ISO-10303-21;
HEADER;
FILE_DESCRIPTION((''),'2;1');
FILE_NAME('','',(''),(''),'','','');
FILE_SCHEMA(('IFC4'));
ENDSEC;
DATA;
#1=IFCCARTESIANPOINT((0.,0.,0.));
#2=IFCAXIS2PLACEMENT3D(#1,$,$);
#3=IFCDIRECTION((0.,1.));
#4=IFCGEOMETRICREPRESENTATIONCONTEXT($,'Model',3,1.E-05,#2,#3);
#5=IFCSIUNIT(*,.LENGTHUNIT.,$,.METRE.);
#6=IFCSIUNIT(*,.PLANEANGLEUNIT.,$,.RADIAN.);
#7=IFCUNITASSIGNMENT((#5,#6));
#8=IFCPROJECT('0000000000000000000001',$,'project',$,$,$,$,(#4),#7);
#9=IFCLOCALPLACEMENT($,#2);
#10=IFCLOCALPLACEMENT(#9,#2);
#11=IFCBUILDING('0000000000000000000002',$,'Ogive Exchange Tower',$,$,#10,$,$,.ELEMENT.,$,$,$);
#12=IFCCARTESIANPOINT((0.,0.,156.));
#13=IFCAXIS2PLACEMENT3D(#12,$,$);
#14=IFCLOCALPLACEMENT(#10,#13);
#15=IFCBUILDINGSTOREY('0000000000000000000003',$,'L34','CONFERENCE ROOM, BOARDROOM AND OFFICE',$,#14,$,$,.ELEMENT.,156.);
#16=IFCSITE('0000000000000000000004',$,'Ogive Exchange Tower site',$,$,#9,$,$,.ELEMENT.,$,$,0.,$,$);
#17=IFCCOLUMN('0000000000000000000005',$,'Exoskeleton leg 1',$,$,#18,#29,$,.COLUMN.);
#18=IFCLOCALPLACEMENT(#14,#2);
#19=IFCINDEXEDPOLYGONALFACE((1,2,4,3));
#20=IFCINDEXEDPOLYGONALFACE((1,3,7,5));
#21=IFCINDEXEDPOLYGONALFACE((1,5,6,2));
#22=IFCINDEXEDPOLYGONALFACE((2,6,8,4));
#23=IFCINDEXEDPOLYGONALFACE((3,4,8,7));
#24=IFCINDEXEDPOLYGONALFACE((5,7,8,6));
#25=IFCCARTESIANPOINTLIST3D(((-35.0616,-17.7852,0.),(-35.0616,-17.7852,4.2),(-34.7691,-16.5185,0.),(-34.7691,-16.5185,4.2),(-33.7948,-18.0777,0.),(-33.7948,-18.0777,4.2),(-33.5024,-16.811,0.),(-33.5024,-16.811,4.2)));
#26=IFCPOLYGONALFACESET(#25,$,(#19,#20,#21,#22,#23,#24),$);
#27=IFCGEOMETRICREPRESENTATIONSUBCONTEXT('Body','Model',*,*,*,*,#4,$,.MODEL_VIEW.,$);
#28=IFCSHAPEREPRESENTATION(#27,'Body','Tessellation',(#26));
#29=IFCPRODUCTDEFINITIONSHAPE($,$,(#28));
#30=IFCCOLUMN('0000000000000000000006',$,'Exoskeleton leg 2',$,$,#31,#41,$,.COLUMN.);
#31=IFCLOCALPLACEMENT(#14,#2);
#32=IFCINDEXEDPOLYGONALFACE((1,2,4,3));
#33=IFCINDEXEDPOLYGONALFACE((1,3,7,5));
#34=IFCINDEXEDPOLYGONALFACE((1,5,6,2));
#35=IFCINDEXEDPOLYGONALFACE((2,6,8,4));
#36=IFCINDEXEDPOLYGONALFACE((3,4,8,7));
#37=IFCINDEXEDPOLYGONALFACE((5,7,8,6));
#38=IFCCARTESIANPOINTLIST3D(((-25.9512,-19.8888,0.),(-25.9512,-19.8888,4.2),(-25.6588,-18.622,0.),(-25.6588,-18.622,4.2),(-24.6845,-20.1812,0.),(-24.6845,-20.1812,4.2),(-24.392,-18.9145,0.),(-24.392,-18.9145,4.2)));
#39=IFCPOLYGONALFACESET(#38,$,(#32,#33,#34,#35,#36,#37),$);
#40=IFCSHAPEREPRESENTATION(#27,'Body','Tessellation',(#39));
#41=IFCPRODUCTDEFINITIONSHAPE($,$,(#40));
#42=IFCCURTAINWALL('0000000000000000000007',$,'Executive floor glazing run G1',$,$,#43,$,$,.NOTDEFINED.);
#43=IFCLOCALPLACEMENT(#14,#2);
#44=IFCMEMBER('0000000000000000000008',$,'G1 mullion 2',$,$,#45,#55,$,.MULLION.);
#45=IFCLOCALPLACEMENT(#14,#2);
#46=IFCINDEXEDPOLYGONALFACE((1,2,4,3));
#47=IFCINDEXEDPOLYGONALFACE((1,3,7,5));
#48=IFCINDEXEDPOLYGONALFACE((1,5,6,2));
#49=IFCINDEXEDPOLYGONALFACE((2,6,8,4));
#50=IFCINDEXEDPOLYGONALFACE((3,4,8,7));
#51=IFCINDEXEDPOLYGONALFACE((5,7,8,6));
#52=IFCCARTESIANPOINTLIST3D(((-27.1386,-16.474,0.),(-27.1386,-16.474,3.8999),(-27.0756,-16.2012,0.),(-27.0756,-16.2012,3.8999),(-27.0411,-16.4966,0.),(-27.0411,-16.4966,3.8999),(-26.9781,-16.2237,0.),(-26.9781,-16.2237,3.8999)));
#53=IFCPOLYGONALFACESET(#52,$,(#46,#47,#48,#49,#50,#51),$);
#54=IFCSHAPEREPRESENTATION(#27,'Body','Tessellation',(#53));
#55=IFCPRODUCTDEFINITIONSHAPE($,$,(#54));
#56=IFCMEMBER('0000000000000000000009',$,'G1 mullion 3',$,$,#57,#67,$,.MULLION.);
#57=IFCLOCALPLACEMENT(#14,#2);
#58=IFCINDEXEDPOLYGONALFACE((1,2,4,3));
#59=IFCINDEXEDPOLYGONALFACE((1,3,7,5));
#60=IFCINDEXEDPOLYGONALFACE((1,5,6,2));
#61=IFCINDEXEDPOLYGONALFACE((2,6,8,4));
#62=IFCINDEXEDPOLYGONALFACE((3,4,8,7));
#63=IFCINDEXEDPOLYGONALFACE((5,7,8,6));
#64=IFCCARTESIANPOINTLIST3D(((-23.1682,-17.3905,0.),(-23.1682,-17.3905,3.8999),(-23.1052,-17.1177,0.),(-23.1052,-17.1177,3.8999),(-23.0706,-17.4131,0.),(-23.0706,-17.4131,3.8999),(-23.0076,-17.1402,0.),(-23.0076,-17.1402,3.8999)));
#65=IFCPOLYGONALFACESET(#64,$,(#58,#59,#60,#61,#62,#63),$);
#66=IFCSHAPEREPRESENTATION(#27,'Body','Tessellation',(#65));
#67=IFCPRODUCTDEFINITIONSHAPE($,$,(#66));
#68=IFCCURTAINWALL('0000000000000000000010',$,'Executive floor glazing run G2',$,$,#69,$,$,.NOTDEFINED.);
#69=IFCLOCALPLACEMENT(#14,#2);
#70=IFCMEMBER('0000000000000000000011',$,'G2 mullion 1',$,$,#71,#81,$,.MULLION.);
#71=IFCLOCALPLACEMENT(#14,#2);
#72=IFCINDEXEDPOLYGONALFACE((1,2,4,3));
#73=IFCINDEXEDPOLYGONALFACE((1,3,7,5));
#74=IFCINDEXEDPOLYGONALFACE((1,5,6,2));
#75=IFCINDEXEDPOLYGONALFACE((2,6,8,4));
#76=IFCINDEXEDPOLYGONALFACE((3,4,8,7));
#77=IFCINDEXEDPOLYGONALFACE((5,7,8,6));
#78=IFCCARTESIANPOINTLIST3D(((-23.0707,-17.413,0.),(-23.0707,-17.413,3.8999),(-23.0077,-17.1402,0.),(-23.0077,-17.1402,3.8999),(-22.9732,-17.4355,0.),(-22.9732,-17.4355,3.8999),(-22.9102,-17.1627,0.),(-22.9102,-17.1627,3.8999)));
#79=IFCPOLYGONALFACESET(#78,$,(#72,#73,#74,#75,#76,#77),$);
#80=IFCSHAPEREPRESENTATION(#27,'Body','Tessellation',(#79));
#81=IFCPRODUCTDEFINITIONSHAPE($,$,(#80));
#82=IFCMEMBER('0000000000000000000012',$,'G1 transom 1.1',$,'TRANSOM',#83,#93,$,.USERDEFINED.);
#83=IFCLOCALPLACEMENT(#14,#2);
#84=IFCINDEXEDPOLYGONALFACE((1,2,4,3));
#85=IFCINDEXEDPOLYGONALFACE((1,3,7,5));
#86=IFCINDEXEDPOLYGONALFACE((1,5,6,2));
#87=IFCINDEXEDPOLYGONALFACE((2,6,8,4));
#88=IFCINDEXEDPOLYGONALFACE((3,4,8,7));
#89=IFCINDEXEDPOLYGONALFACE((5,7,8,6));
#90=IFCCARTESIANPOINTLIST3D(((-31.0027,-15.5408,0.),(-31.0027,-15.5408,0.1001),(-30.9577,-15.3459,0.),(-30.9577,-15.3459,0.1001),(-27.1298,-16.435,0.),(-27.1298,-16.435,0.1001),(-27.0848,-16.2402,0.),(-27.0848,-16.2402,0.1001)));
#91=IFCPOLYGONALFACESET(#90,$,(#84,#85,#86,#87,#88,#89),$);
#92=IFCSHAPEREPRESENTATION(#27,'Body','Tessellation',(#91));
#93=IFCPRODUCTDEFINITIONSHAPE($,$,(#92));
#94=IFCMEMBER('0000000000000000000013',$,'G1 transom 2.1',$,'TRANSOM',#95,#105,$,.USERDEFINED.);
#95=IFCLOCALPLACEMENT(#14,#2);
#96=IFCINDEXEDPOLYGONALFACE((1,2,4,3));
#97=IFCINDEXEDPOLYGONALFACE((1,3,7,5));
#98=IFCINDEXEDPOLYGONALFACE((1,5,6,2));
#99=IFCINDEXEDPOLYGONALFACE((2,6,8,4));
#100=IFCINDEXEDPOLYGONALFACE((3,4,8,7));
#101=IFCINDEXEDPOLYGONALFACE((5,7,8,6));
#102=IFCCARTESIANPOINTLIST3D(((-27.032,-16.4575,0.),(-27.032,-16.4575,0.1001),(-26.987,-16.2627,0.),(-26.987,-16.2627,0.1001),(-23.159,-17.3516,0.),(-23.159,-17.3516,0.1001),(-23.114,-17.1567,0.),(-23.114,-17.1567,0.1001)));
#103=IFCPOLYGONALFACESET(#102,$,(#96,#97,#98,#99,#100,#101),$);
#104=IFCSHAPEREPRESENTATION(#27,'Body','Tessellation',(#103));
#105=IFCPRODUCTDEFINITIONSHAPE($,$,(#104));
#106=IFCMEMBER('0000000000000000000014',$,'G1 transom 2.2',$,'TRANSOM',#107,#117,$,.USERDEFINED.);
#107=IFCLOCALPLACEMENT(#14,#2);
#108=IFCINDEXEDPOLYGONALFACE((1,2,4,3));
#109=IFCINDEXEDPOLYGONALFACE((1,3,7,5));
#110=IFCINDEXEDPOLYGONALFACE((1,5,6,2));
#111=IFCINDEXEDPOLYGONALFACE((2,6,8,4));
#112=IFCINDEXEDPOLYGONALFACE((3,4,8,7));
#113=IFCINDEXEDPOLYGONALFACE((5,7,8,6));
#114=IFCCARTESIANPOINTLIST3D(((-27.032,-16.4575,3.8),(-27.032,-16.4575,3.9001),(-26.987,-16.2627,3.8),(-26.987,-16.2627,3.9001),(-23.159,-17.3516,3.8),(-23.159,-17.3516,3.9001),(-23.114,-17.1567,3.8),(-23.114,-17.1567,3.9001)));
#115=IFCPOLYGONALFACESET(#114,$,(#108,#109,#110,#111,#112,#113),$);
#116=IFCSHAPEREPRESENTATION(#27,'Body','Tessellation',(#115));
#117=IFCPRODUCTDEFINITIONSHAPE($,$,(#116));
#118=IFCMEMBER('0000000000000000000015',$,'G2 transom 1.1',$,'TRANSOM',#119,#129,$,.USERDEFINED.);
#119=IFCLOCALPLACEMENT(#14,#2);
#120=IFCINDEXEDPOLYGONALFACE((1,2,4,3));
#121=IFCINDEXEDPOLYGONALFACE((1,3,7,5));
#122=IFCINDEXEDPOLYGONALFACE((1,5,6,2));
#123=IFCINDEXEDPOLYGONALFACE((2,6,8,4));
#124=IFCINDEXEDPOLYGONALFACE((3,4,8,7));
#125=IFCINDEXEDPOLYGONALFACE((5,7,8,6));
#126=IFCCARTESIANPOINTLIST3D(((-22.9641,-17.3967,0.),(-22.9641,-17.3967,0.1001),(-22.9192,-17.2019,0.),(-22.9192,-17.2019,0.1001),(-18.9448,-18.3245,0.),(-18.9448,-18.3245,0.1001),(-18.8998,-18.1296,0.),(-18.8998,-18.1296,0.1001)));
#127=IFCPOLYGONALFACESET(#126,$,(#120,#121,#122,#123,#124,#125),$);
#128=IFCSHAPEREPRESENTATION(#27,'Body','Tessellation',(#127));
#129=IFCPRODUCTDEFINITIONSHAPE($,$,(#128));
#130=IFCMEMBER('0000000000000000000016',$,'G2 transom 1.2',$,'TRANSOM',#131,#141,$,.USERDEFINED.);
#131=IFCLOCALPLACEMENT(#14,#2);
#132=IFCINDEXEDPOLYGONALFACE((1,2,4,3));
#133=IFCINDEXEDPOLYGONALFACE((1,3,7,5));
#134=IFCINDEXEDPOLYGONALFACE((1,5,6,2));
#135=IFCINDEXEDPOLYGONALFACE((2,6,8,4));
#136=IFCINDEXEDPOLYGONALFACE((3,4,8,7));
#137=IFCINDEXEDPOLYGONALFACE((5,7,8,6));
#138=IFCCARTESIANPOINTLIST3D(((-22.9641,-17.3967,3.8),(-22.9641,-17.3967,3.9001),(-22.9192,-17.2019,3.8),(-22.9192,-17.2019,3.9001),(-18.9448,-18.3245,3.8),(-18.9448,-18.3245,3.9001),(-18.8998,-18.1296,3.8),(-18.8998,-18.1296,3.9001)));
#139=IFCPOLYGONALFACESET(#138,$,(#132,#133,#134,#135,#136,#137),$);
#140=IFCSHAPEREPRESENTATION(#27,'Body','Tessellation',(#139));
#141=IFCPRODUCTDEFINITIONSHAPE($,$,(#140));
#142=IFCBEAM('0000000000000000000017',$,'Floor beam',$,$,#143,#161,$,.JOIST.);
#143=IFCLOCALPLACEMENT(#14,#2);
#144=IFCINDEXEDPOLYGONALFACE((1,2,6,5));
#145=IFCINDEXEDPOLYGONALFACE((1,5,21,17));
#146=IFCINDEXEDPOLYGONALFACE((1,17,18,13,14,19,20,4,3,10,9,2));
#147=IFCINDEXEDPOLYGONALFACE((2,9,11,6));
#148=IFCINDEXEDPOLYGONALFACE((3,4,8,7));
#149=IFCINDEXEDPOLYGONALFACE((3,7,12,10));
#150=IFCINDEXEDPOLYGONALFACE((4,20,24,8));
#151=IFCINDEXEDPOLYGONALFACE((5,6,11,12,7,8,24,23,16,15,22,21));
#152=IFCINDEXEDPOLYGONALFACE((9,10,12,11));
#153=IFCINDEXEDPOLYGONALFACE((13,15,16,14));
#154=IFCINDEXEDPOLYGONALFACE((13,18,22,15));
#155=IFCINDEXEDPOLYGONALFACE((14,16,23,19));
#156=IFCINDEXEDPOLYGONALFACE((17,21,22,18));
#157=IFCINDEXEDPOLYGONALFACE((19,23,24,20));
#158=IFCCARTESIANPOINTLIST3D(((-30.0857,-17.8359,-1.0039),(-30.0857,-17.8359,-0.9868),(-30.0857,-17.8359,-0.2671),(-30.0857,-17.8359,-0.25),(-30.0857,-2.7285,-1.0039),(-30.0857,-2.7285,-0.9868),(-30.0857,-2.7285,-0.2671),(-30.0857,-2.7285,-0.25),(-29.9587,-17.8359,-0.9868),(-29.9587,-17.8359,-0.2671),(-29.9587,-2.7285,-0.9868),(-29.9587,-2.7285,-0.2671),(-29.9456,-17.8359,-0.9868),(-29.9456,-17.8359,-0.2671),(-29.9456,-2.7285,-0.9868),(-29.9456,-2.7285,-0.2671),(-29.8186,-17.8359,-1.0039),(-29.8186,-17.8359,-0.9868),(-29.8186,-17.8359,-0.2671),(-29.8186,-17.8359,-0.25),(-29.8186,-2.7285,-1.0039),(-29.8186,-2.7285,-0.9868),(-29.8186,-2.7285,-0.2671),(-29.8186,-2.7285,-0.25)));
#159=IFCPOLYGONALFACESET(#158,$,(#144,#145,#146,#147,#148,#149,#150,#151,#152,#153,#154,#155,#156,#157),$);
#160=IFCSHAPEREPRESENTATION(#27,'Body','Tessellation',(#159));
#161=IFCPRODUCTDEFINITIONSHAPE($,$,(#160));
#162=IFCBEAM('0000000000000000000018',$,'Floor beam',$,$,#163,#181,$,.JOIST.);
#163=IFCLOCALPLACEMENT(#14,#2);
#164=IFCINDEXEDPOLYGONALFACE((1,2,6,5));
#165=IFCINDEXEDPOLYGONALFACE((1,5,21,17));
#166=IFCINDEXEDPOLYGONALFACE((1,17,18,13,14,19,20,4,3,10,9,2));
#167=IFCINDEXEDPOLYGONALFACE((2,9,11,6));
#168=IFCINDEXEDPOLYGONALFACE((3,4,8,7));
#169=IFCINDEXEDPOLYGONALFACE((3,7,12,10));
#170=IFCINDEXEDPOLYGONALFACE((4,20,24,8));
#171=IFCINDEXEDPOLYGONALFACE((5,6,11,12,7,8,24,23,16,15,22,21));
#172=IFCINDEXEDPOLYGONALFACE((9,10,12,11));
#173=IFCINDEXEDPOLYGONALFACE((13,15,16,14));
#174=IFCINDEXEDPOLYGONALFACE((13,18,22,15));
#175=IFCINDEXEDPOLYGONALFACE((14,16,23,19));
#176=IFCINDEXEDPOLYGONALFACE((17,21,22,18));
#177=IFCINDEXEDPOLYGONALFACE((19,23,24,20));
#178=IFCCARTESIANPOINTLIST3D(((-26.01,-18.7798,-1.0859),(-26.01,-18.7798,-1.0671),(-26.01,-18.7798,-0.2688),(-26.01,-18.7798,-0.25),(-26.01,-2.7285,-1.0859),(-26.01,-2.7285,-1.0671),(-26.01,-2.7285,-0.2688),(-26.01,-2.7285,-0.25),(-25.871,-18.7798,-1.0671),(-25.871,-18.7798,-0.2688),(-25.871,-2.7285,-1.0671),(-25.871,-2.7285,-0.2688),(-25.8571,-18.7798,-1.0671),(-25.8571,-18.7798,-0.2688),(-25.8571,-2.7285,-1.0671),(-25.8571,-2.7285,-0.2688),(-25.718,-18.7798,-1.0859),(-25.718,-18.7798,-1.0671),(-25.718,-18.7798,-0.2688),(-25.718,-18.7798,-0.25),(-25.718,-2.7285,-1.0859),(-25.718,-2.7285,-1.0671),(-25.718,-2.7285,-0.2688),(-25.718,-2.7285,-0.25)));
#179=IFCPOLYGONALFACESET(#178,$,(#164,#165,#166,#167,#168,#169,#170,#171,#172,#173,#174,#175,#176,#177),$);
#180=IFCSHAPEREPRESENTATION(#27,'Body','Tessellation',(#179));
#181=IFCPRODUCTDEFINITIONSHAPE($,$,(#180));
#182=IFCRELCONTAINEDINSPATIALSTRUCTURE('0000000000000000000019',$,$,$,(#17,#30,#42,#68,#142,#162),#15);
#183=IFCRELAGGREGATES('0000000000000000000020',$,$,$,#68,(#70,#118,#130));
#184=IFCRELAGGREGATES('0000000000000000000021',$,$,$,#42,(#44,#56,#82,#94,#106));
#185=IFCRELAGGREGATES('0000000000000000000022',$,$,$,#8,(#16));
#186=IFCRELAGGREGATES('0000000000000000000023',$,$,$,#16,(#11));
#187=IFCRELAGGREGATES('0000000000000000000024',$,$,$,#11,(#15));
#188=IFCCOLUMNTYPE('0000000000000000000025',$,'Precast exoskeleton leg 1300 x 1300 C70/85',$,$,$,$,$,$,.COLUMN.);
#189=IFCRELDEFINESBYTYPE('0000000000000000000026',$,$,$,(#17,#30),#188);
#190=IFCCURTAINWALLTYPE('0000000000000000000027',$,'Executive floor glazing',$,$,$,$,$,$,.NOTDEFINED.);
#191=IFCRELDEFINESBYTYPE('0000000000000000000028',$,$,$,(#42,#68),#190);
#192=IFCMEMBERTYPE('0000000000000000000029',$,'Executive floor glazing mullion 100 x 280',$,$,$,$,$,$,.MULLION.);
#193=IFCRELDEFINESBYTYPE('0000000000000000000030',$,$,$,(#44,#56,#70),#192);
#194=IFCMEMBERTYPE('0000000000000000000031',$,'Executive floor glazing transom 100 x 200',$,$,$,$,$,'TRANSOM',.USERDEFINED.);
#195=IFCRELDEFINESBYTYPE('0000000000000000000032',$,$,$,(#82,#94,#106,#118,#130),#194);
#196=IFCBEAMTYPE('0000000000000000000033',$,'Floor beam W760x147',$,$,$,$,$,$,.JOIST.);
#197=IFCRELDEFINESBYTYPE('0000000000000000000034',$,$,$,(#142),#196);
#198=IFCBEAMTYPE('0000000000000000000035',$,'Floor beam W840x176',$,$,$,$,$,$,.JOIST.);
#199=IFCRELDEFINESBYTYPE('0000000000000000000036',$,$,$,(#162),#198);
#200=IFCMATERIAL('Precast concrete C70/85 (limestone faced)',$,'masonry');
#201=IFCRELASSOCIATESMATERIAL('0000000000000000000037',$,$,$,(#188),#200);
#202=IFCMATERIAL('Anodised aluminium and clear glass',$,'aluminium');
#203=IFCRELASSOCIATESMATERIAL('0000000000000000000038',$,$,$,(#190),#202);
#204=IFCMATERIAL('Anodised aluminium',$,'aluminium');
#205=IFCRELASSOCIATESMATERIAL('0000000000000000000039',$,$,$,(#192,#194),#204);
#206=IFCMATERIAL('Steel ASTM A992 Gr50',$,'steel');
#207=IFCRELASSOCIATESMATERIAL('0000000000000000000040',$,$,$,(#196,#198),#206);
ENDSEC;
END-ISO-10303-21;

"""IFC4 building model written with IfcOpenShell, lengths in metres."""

from ifc_helpers import new_model, si_unit, direction, frame, origin, origin_2d, place, context, subcontext, project, spatial, rectangle, i_section, extrude, material, material_profile, profile_set, type_object, element, aggregate, save


model = new_model("IFC4")

# Units and contexts
model_context = context("Model", 3, precision=1e-05, world=origin(), true_north=direction((0.0, 1.0)))
body_context = subcontext(model_context, "Body", "Model", "MODEL_VIEW")
ifc_project = project(units=[si_unit("LENGTHUNIT", "METRE"), si_unit("PLANEANGLEUNIT", "RADIAN")], contexts=[model_context])

# Site, building, storey
site_placement = place(None, origin())
site = spatial("IfcSite", under=ifc_project, at=site_placement, Name="Ogive Exchange Tower site", CompositionType="ELEMENT", RefElevation=0.0)
building_placement = place(site_placement, origin())
building = spatial("IfcBuilding", under=site, at=building_placement, Name="Ogive Exchange Tower", CompositionType="ELEMENT")
storey_placement = place(building_placement, frame((0.0, 0.0, 156.0)))
storey = spatial("IfcBuildingStorey", under=building, at=storey_placement, Name="L34", Description="CONFERENCE ROOM, BOARDROOM AND OFFICE", CompositionType="ELEMENT", Elevation=156.0)

# Columns
ifc_material_1 = material(Name="Precast concrete C70/85 (limestone faced)", Category="masonry")
ifc_material_profile_1 = material_profile(ifc_material_1, rectangle(XDim=1.3, YDim=1.3, at=origin_2d()), Name="1300 x 1300")
ifc_profile_set_1 = profile_set([ifc_material_profile_1], Name="Precast concrete C70/85 (limestone faced)")
column_type = type_object("IfcColumnType", Name="Precast exoskeleton leg 1300 x 1300 C70/85", PredefinedType="COLUMN", material=ifc_profile_set_1)
for number, where, z_axis, x_axis, name in (
    (1, (-34.282, -17.2981, 0.0), (0.0, 0.0, 1.0), (0.97437, -0.224951, 0.0), "Exoskeleton leg 1"),
    (2, (-25.1716, -19.4016, 0.0), (0.0, 0.0, 1.0), (0.97437, -0.224951, 0.0), "Exoskeleton leg 2"),
):
    element("IfcColumn", number, at=place(storey_placement, frame(where, z_axis=z_axis, x_axis=x_axis)), inside=storey, type_object=column_type, Name=name, PredefinedType="COLUMN", context=body_context, shape_type="SweptSolid", body=[
        extrude(rectangle(XDim=1.3, YDim=1.3, at=origin_2d()), origin(), (0.0, 0.0, 1.0), 4.2),
    ])

# Curtain wall, members
ifc_material_2 = material(Name="Anodised aluminium and clear glass", Category="aluminium")
curtain_wall_type = type_object("IfcCurtainWallType", Name="Executive floor glazing", PredefinedType="NOTDEFINED", material=ifc_material_2)
curtain_wall_1_placement = place(storey_placement, origin())
curtain_wall_1 = element("IfcCurtainWall", 3, at=curtain_wall_1_placement, inside=storey, type_object=curtain_wall_type, Name="Executive floor glazing run G1", PredefinedType="NOTDEFINED")
ifc_material_3 = material(Name="Anodised aluminium", Category="aluminium")
ifc_material_profile_2 = material_profile(ifc_material_3, rectangle(XDim=0.28, YDim=0.1001, at=origin_2d()), Name="AL 100x280")
ifc_profile_set_2 = profile_set([ifc_material_profile_2], Name="Anodised aluminium")
member_type_1 = type_object("IfcMemberType", Name="Executive floor glazing mullion 100 x 280", PredefinedType="MULLION", material=ifc_profile_set_2)
member_1_placement = place(storey_placement, frame((-27.0583, -16.3489, 0.0), z_axis=(0.0, 0.0, 1.0), x_axis=(0.224947, 0.974371, 0.0)))
member_1 = element("IfcMember", 4, at=member_1_placement, type_object=member_type_1, Name="G1 mullion 2", PredefinedType="MULLION", context=body_context, shape_type="SweptSolid", body=[
    extrude(rectangle(XDim=0.28, YDim=0.1001, at=origin_2d()), origin(), (0.0, 0.0, 1.0), 3.8999),
])
member_2_placement = place(storey_placement, frame((-23.0879, -17.2654, 0.0), z_axis=(0.0, 0.0, 1.0), x_axis=(0.224947, 0.974371, 0.0)))
member_2 = element("IfcMember", 5, at=member_2_placement, type_object=member_type_1, Name="G1 mullion 3", PredefinedType="MULLION", context=body_context, shape_type="SweptSolid", body=[
    extrude(rectangle(XDim=0.28, YDim=0.1001, at=origin_2d()), origin(), (0.0, 0.0, 1.0), 3.8999),
])

# Curtain wall, member
curtain_wall_2_placement = place(storey_placement, origin())
curtain_wall_2 = element("IfcCurtainWall", 6, at=curtain_wall_2_placement, inside=storey, type_object=curtain_wall_type, Name="Executive floor glazing run G2", PredefinedType="NOTDEFINED")
member_3_placement = place(storey_placement, frame((-22.9905, -17.2878, 0.0), z_axis=(0.0, 0.0, 1.0), x_axis=(0.224958, 0.974369, 0.0)))
member_3 = element("IfcMember", 7, at=member_3_placement, type_object=member_type_1, Name="G2 mullion 1", PredefinedType="MULLION", context=body_context, shape_type="SweptSolid", body=[
    extrude(rectangle(XDim=0.28, YDim=0.1001, at=origin_2d()), origin(), (0.0, 0.0, 1.0), 3.8999),
])

# Members
ifc_material_profile_3 = material_profile(ifc_material_3, rectangle(XDim=0.2, YDim=0.1001, at=origin_2d()), Name="AL 100x200")
ifc_profile_set_3 = profile_set([ifc_material_profile_3], Name="Anodised aluminium")
member_type_2 = type_object("IfcMemberType", Name="Executive floor glazing transom 100 x 200", ElementType="TRANSOM", PredefinedType="USERDEFINED", material=ifc_profile_set_3)
member_4_placement = place(storey_placement, frame((-30.9802, -15.4434, 0.05), z_axis=(0.974363, -0.224981, 0.0), x_axis=(0.224981, 0.974363, 0.0)))
member_4 = element("IfcMember", 8, at=member_4_placement, type_object=member_type_2, Name="G1 transom 1.1", ObjectType="TRANSOM", PredefinedType="USERDEFINED", context=body_context, shape_type="SweptSolid", body=[
    extrude(rectangle(XDim=0.2, YDim=0.1001, at=origin_2d()), origin(), (0.0, 0.0, 1.0), 3.9749),
])
member_5_placement = place(storey_placement, frame((-27.0095, -16.3601, 0.05), z_axis=(0.974377, -0.224922, 0.0), x_axis=(0.224922, 0.974377, 0.0)))
member_5 = element("IfcMember", 9, at=member_5_placement, type_object=member_type_2, Name="G1 transom 2.1", ObjectType="TRANSOM", PredefinedType="USERDEFINED", context=body_context, shape_type="SweptSolid", body=[
    extrude(rectangle(XDim=0.2, YDim=0.1001, at=origin_2d()), origin(), (0.0, 0.0, 1.0), 3.9749),
])
member_6_placement = place(storey_placement, frame((-27.0095, -16.3601, 3.8501), z_axis=(0.974377, -0.224922, 0.0), x_axis=(0.224922, 0.974377, 0.0)))
member_6 = element("IfcMember", 10, at=member_6_placement, type_object=member_type_2, Name="G1 transom 2.2", ObjectType="TRANSOM", PredefinedType="USERDEFINED", context=body_context, shape_type="SweptSolid", body=[
    extrude(rectangle(XDim=0.2, YDim=0.1001, at=origin_2d()), origin(), (0.0, 0.0, 1.0), 3.9749),
])
member_7_placement = place(storey_placement, frame((-22.9417, -17.2993, 0.05), z_axis=(0.97438, -0.224907, 0.0), x_axis=(0.224907, 0.97438, 0.0)))
member_7 = element("IfcMember", 11, at=member_7_placement, type_object=member_type_2, Name="G2 transom 1.1", ObjectType="TRANSOM", PredefinedType="USERDEFINED", context=body_context, shape_type="SweptSolid", body=[
    extrude(rectangle(XDim=0.2, YDim=0.1001, at=origin_2d()), origin(), (0.0, 0.0, 1.0), 4.125),
])
member_8_placement = place(storey_placement, frame((-22.9417, -17.2993, 3.8501), z_axis=(0.97438, -0.224907, 0.0), x_axis=(0.224907, 0.97438, 0.0)))
member_8 = element("IfcMember", 12, at=member_8_placement, type_object=member_type_2, Name="G2 transom 1.2", ObjectType="TRANSOM", PredefinedType="USERDEFINED", context=body_context, shape_type="SweptSolid", body=[
    extrude(rectangle(XDim=0.2, YDim=0.1001, at=origin_2d()), origin(), (0.0, 0.0, 1.0), 4.125),
])
aggregate(curtain_wall_2, [member_3, member_7, member_8])

# Beams
ifc_material_4 = material(Name="Steel ASTM A992 Gr50", Category="steel")
ifc_material_profile_4 = material_profile(ifc_material_4, i_section(OverallWidth=0.2671, OverallDepth=0.7539, WebThickness=0.0132, FlangeThickness=0.0171, at=origin_2d()), Name="W760x147")
ifc_profile_set_4 = profile_set([ifc_material_profile_4], Name="Steel ASTM A992 Gr50")
beam_type_1 = type_object("IfcBeamType", Name="Floor beam W760x147", PredefinedType="JOIST", material=ifc_profile_set_4)
beam_1_placement = place(storey_placement, frame((-29.9521, -17.8359, -0.627), z_axis=(0.0, 1.0, 0.0), x_axis=(-1.0, 0.0, 0.0)))
element("IfcBeam", 13, at=beam_1_placement, inside=storey, type_object=beam_type_1, Name="Floor beam", PredefinedType="JOIST", context=body_context, shape_type="SweptSolid", body=[
    extrude(i_section(OverallWidth=0.2671, OverallDepth=0.7539, WebThickness=0.0132, FlangeThickness=0.0171, at=origin_2d()), origin(), (0.0, 0.0, 1.0), 15.1074),
])
ifc_material_profile_5 = material_profile(ifc_material_4, i_section(OverallWidth=0.292, OverallDepth=0.8359, WebThickness=0.0139, FlangeThickness=0.0188, at=origin_2d()), Name="W840x176")
ifc_profile_set_5 = profile_set([ifc_material_profile_5], Name="Steel ASTM A992 Gr50")
beam_type_2 = type_object("IfcBeamType", Name="Floor beam W840x176", PredefinedType="JOIST", material=ifc_profile_set_5)
beam_2_placement = place(storey_placement, frame((-25.864, -18.7798, -0.668), z_axis=(0.0, 1.0, 0.0), x_axis=(-1.0, 0.0, 0.0)))
element("IfcBeam", 14, at=beam_2_placement, inside=storey, type_object=beam_type_2, Name="Floor beam", PredefinedType="JOIST", context=body_context, shape_type="SweptSolid", body=[
    extrude(i_section(OverallWidth=0.292, OverallDepth=0.8359, WebThickness=0.0139, FlangeThickness=0.0188, at=origin_2d()), origin(), (0.0, 0.0, 1.0), 16.0513),
])

aggregate(curtain_wall_1, [member_1, member_2, member_4, member_5, member_6])

save(model, "model.ifc")
